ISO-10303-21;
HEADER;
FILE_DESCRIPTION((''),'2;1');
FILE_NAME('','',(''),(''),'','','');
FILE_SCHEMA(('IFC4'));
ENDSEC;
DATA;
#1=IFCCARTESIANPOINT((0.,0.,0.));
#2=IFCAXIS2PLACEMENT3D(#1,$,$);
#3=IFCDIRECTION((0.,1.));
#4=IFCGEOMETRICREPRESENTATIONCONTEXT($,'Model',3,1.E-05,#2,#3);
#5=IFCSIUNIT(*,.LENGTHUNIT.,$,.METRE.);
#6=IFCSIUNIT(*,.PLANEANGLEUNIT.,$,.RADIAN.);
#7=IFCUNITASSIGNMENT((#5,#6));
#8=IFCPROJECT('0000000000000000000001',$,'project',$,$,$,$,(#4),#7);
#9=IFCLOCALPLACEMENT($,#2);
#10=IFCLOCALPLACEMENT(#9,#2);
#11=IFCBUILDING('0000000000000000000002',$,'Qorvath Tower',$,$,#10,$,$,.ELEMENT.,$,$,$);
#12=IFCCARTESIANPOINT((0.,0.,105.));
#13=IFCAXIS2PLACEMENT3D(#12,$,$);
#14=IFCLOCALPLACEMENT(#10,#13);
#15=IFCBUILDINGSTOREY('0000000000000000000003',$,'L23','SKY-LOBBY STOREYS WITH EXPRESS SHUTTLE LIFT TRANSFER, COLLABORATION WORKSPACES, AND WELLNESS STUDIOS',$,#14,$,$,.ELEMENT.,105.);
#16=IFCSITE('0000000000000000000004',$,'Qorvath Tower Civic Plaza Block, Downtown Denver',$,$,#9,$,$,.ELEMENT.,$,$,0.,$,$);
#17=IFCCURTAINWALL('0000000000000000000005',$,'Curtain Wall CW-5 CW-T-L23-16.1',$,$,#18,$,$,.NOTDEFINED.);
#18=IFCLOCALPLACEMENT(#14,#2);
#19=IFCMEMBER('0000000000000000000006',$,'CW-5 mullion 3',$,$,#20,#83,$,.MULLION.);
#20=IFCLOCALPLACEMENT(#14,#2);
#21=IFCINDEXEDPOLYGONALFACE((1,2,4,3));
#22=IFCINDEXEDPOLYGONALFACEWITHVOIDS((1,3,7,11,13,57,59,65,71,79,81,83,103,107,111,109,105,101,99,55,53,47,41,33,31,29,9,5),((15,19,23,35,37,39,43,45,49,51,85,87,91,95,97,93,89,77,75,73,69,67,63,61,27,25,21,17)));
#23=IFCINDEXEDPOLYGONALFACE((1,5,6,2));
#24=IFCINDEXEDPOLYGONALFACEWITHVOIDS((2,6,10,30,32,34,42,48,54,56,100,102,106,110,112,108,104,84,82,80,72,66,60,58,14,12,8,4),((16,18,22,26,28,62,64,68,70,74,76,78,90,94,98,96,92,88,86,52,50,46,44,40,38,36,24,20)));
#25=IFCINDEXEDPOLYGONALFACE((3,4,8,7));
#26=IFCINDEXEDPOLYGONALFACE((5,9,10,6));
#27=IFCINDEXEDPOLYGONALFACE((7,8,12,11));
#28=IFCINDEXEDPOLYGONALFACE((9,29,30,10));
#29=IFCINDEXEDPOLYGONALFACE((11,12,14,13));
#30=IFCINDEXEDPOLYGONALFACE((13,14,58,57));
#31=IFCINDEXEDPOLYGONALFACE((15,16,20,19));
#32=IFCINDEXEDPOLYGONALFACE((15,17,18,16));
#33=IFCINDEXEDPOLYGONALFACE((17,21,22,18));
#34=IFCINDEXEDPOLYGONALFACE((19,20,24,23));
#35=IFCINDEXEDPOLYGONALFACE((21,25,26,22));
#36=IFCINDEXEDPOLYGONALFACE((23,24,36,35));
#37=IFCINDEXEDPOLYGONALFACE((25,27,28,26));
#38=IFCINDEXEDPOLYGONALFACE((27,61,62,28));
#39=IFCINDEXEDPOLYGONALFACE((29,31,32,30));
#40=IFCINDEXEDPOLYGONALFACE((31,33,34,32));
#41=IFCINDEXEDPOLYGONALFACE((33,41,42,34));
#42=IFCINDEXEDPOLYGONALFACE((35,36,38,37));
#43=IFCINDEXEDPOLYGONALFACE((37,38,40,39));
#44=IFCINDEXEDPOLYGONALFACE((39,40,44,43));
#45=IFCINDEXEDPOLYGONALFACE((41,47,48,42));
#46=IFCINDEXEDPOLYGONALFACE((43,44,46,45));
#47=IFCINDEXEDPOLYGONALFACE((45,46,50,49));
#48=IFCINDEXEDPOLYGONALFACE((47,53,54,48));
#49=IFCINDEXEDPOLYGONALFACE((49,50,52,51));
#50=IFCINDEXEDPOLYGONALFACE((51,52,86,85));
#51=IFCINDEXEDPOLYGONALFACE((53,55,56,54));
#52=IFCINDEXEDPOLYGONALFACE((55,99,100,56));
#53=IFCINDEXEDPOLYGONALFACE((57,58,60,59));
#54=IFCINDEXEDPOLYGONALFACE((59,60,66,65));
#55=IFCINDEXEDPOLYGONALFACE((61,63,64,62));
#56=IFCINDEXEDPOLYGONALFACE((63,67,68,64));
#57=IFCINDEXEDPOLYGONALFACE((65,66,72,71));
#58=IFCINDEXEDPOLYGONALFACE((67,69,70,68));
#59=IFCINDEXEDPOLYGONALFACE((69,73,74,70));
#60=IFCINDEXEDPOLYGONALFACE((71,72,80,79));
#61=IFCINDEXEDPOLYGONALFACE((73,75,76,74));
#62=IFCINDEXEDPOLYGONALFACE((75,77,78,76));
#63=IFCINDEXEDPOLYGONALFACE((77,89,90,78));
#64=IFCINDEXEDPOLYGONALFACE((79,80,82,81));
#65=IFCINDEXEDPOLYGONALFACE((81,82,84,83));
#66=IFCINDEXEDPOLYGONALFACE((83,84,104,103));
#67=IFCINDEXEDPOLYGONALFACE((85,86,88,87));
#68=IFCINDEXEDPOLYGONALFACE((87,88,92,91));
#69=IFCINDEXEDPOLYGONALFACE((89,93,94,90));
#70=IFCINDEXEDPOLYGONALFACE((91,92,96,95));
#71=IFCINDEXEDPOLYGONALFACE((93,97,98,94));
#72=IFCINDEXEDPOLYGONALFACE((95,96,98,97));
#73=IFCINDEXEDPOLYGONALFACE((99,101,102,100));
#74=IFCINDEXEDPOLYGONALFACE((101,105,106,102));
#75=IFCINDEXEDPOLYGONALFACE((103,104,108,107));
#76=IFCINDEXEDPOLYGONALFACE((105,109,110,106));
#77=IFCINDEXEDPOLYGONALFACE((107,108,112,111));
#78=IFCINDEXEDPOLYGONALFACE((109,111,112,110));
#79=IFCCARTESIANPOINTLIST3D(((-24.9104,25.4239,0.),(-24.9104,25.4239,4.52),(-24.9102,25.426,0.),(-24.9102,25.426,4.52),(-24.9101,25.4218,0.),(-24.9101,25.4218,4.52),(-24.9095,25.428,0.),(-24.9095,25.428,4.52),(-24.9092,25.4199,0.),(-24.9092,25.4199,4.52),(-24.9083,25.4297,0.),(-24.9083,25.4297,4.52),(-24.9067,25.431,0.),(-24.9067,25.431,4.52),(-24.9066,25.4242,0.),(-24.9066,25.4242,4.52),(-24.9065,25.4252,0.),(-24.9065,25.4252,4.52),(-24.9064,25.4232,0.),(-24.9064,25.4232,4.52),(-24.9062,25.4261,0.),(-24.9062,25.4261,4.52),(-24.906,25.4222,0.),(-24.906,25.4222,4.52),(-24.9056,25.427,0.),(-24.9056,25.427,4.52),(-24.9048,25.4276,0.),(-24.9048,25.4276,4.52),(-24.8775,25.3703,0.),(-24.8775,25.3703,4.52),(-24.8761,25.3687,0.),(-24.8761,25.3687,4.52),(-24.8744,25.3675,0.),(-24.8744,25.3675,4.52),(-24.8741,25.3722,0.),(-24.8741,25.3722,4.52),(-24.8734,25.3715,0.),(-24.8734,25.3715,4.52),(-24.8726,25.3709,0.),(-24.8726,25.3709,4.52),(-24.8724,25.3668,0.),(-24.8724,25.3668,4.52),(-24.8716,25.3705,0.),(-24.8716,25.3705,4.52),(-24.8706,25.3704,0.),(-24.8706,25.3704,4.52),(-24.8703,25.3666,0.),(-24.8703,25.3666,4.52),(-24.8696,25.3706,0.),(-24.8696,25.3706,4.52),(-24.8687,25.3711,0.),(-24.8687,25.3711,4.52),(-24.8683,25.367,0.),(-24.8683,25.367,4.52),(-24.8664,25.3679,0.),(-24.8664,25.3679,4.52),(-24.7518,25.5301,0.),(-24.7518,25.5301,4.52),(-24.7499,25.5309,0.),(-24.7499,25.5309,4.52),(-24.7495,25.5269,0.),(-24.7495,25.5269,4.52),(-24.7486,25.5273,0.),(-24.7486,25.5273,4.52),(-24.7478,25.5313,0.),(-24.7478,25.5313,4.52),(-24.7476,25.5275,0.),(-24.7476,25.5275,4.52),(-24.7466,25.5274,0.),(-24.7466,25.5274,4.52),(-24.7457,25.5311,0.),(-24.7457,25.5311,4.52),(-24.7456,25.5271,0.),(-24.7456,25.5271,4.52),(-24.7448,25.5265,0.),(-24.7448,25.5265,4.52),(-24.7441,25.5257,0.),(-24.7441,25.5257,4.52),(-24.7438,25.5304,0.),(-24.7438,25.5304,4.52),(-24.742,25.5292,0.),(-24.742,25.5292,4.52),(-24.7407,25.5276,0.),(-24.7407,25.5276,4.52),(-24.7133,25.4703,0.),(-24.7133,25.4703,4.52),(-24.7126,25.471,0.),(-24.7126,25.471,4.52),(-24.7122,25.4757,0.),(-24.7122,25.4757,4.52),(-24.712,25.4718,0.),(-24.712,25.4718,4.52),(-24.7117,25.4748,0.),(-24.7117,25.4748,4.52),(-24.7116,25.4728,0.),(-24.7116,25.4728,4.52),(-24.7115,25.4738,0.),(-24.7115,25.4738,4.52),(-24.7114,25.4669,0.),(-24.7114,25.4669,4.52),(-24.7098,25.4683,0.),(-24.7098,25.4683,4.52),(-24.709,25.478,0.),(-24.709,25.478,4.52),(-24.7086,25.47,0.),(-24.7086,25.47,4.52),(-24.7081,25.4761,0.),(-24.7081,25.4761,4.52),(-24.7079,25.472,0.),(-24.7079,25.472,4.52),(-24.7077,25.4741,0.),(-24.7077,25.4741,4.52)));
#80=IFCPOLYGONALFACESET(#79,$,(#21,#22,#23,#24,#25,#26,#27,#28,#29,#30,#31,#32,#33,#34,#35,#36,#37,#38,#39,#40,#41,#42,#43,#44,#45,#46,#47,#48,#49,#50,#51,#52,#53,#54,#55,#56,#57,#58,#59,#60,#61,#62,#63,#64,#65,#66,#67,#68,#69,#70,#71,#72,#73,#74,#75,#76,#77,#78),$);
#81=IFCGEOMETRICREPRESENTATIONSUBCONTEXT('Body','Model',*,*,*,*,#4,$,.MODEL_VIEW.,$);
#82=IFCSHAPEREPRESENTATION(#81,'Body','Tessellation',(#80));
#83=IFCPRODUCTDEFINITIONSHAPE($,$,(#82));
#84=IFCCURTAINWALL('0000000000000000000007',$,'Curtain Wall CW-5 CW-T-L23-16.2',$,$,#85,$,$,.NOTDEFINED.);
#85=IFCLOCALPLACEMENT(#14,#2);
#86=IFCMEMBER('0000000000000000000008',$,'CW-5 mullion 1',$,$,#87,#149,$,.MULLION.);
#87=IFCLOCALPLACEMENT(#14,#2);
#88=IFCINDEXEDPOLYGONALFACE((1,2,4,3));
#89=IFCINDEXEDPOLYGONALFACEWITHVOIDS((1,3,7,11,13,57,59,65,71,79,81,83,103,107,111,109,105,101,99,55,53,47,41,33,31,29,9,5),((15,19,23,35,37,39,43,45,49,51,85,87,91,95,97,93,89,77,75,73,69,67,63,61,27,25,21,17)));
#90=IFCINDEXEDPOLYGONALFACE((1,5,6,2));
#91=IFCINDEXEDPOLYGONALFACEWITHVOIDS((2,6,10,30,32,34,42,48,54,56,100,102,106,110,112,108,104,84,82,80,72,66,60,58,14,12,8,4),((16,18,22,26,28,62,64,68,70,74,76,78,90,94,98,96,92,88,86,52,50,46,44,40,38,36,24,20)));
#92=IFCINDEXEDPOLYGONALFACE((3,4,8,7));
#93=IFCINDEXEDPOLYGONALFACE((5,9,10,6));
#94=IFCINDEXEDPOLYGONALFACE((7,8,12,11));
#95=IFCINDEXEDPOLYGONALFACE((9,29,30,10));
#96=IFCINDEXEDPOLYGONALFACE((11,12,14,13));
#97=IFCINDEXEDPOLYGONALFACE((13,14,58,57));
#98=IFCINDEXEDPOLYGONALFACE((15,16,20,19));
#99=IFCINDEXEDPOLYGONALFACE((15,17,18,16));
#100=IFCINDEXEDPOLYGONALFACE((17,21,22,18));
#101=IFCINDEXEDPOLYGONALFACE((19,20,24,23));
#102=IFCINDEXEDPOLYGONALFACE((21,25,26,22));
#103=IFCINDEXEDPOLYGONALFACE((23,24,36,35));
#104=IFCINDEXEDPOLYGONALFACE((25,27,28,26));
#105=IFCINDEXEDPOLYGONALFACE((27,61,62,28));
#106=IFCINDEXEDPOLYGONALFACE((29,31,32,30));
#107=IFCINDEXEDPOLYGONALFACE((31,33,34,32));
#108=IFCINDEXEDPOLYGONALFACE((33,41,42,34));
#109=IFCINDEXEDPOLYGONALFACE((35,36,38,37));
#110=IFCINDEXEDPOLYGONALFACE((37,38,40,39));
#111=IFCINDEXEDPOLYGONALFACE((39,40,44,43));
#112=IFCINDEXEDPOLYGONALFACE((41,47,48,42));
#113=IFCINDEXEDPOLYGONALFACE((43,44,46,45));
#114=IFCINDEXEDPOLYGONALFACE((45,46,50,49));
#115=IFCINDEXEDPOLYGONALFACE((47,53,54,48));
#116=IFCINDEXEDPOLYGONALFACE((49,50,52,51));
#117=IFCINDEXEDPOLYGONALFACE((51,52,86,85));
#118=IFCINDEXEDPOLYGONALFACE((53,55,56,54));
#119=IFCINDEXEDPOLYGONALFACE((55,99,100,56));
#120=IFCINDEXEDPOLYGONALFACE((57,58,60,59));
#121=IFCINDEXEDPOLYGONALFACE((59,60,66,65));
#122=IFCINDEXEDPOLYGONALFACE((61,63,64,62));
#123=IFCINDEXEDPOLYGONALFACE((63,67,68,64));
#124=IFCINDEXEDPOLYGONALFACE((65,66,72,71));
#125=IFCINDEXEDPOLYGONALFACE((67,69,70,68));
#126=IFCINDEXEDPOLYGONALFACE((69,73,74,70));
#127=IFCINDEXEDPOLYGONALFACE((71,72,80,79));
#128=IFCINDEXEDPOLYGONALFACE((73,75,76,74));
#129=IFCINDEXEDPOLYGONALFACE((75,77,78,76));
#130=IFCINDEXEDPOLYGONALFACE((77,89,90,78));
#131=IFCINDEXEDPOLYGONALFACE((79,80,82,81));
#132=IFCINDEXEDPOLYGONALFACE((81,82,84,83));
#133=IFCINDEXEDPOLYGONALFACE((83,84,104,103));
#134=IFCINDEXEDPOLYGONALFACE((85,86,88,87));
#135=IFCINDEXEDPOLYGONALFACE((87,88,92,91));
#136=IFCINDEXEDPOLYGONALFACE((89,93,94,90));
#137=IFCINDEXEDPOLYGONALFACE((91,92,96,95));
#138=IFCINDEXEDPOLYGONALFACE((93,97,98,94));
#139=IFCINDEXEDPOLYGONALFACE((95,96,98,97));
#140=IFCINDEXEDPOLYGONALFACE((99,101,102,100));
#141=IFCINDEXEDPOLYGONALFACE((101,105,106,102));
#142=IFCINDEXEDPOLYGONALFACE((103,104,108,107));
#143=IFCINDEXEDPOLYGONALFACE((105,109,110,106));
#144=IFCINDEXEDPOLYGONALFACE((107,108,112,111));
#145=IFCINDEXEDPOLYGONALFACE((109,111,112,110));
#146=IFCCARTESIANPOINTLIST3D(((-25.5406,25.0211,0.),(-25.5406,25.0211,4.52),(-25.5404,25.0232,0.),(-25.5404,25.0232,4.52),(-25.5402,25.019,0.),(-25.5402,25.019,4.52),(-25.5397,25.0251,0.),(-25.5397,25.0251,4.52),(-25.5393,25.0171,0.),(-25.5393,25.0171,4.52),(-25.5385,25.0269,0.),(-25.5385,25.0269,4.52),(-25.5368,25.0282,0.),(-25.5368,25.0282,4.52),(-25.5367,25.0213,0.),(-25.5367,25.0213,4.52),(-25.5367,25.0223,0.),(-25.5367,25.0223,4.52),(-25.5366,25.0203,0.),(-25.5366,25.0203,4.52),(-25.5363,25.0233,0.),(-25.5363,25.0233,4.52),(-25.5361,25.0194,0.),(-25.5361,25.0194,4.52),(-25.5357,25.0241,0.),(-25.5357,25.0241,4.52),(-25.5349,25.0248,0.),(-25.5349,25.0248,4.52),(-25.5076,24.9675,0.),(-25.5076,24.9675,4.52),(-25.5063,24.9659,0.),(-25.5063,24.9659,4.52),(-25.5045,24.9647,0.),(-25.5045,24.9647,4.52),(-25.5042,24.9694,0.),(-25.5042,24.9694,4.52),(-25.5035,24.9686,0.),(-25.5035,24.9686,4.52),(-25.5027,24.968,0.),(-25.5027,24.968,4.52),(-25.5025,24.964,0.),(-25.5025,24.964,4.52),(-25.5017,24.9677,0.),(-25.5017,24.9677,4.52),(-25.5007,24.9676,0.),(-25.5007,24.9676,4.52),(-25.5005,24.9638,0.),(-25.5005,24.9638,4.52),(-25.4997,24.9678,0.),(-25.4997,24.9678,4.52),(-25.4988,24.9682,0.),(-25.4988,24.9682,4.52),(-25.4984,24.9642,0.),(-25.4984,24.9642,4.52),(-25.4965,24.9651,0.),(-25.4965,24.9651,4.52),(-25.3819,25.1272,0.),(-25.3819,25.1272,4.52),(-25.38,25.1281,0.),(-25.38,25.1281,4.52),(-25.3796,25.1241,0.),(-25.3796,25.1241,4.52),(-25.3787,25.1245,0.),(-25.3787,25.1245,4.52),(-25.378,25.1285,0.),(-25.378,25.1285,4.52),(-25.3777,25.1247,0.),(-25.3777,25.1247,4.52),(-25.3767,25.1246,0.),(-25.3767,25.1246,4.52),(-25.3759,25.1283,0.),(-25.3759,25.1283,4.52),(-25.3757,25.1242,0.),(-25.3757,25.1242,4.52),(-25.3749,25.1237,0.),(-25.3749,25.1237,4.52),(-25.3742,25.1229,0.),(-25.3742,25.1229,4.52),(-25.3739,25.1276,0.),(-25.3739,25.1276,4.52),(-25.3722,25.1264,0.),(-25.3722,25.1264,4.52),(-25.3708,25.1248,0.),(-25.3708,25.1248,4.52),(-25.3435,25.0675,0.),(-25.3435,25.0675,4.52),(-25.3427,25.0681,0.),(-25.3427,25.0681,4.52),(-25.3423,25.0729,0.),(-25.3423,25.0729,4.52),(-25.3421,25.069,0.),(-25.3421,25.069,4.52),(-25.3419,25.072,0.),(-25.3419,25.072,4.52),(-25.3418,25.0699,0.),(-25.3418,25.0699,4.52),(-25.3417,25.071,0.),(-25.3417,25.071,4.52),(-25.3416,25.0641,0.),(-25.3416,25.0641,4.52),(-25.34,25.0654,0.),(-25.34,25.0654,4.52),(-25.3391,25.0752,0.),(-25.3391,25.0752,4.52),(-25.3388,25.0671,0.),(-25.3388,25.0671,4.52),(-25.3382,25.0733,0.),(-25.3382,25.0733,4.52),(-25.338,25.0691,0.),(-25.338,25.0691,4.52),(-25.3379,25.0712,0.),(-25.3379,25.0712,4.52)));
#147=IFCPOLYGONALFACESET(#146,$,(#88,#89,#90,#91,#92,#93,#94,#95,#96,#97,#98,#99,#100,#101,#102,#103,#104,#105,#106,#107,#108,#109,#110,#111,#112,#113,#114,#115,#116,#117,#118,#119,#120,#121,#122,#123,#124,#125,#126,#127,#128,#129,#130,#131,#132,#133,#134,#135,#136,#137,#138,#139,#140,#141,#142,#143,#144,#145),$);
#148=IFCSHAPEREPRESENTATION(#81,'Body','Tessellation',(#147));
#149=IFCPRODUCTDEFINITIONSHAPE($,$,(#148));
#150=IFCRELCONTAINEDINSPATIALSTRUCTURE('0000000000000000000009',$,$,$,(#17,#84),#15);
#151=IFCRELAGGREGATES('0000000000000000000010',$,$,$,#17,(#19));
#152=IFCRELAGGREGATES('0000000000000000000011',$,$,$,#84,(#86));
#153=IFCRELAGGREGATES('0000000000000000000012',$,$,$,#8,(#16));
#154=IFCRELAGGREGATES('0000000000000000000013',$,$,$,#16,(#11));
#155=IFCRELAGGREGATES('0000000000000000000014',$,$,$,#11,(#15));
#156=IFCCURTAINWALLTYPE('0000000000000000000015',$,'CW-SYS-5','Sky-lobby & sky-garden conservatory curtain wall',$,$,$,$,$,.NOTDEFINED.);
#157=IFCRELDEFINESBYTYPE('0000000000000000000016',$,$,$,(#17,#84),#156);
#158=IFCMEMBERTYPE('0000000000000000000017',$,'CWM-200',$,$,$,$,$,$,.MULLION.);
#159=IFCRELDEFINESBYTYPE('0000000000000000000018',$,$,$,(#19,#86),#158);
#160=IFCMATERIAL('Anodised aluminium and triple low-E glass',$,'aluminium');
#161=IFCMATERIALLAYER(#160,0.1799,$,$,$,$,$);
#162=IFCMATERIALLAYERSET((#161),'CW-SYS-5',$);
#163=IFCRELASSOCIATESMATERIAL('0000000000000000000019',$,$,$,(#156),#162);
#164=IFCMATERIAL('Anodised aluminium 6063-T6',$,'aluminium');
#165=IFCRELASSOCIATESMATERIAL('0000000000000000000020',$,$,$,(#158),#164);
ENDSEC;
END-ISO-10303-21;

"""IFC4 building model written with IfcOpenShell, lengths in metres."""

from ifc_helpers import new_model, si_unit, direction, frame, origin, origin_2d, place, context, subcontext, project, spatial, hollow_rectangle, extrude, material, layer, layer_set, material_profile, profile_set, type_object, element, aggregate, save


model = new_model("IFC4")

# Units and contexts
model_context = context("Model", 3, precision=1e-05, world=origin(), true_north=direction((0.0, 1.0)))
body_context = subcontext(model_context, "Body", "Model", "MODEL_VIEW")
ifc_project = project(units=[si_unit("LENGTHUNIT", "METRE"), si_unit("PLANEANGLEUNIT", "RADIAN")], contexts=[model_context])

# Site, building, storey
site_placement = place(None, origin())
site = spatial("IfcSite", under=ifc_project, at=site_placement, Name="Qorvath Tower Civic Plaza Block, Downtown Denver", CompositionType="ELEMENT", RefElevation=0.0)
building_placement = place(site_placement, origin())
building = spatial("IfcBuilding", under=site, at=building_placement, Name="Qorvath Tower", CompositionType="ELEMENT")
storey_placement = place(building_placement, frame((0.0, 0.0, 105.0)))
storey = spatial("IfcBuildingStorey", under=building, at=storey_placement, Name="L23", Description="SKY-LOBBY STOREYS WITH EXPRESS SHUTTLE LIFT TRANSFER, COLLABORATION WORKSPACES, AND WELLNESS STUDIOS", CompositionType="ELEMENT", Elevation=105.0)

# Curtain wall, member
ifc_material_1 = material(Name="Anodised aluminium and triple low-E glass", Category="aluminium")
ifc_layer_1 = layer(ifc_material_1, 0.1799)
ifc_layer_set_1 = layer_set([ifc_layer_1], Name="CW-SYS-5")
curtain_wall_type = type_object("IfcCurtainWallType", Name="CW-SYS-5", Description="Sky-lobby & sky-garden conservatory curtain wall", PredefinedType="NOTDEFINED", material=ifc_layer_set_1)
curtain_wall_1_placement = place(storey_placement, origin())
curtain_wall_1 = element("IfcCurtainWall", 1, at=curtain_wall_1_placement, inside=storey, type_object=curtain_wall_type, Name="Curtain Wall CW-5 CW-T-L23-16.1", PredefinedType="NOTDEFINED")
ifc_material_2 = material(Name="Anodised aluminium 6063-T6", Category="aluminium")
ifc_material_profile_1 = material_profile(ifc_material_2, hollow_rectangle(XDim=0.075, YDim=0.2, WallThickness=0.0039, InnerFilletRadius=0.0039, OuterFilletRadius=0.0081, at=origin_2d()), Name="CWM 200x75")
ifc_profile_set_1 = profile_set([ifc_material_profile_1], Name="Anodised aluminium 6063-T6")
member_type_1 = type_object("IfcMemberType", Name="CWM-200", PredefinedType="MULLION", material=ifc_profile_set_1)
member_1_placement = place(storey_placement, frame((-24.8091, 25.449, 0.0), z_axis=(0.0, 0.0, 1.0), x_axis=(0.53854, -0.8426, 0.0)))
member_1 = element("IfcMember", 2, at=member_1_placement, type_object=member_type_1, Name="CW-5 mullion 3", PredefinedType="MULLION", context=body_context, shape_type="SweptSolid", body=[
    extrude(hollow_rectangle(XDim=0.075, YDim=0.2, WallThickness=0.0039, InnerFilletRadius=0.0039, OuterFilletRadius=0.0081, at=origin_2d()), origin(), (0.0, 0.0, 1.0), 4.52),
])

# Curtain wall, member
curtain_wall_2_placement = place(storey_placement, origin())
curtain_wall_2 = element("IfcCurtainWall", 3, at=curtain_wall_2_placement, inside=storey, type_object=curtain_wall_type, Name="Curtain Wall CW-5 CW-T-L23-16.2", PredefinedType="NOTDEFINED")
member_2_placement = place(storey_placement, frame((-25.4392, 25.0461, 0.0), z_axis=(0.0, 0.0, 1.0), x_axis=(0.538543, -0.842598, 0.0)))
member_2 = element("IfcMember", 4, at=member_2_placement, type_object=member_type_1, Name="CW-5 mullion 1", PredefinedType="MULLION", context=body_context, shape_type="SweptSolid", body=[
    extrude(hollow_rectangle(XDim=0.075, YDim=0.2, WallThickness=0.0039, InnerFilletRadius=0.0039, OuterFilletRadius=0.0081, at=origin_2d()), origin(), (0.0, 0.0, 1.0), 4.52),
])

aggregate(curtain_wall_1, [member_1])
aggregate(curtain_wall_2, [member_2])

save(model, "model.ifc")
